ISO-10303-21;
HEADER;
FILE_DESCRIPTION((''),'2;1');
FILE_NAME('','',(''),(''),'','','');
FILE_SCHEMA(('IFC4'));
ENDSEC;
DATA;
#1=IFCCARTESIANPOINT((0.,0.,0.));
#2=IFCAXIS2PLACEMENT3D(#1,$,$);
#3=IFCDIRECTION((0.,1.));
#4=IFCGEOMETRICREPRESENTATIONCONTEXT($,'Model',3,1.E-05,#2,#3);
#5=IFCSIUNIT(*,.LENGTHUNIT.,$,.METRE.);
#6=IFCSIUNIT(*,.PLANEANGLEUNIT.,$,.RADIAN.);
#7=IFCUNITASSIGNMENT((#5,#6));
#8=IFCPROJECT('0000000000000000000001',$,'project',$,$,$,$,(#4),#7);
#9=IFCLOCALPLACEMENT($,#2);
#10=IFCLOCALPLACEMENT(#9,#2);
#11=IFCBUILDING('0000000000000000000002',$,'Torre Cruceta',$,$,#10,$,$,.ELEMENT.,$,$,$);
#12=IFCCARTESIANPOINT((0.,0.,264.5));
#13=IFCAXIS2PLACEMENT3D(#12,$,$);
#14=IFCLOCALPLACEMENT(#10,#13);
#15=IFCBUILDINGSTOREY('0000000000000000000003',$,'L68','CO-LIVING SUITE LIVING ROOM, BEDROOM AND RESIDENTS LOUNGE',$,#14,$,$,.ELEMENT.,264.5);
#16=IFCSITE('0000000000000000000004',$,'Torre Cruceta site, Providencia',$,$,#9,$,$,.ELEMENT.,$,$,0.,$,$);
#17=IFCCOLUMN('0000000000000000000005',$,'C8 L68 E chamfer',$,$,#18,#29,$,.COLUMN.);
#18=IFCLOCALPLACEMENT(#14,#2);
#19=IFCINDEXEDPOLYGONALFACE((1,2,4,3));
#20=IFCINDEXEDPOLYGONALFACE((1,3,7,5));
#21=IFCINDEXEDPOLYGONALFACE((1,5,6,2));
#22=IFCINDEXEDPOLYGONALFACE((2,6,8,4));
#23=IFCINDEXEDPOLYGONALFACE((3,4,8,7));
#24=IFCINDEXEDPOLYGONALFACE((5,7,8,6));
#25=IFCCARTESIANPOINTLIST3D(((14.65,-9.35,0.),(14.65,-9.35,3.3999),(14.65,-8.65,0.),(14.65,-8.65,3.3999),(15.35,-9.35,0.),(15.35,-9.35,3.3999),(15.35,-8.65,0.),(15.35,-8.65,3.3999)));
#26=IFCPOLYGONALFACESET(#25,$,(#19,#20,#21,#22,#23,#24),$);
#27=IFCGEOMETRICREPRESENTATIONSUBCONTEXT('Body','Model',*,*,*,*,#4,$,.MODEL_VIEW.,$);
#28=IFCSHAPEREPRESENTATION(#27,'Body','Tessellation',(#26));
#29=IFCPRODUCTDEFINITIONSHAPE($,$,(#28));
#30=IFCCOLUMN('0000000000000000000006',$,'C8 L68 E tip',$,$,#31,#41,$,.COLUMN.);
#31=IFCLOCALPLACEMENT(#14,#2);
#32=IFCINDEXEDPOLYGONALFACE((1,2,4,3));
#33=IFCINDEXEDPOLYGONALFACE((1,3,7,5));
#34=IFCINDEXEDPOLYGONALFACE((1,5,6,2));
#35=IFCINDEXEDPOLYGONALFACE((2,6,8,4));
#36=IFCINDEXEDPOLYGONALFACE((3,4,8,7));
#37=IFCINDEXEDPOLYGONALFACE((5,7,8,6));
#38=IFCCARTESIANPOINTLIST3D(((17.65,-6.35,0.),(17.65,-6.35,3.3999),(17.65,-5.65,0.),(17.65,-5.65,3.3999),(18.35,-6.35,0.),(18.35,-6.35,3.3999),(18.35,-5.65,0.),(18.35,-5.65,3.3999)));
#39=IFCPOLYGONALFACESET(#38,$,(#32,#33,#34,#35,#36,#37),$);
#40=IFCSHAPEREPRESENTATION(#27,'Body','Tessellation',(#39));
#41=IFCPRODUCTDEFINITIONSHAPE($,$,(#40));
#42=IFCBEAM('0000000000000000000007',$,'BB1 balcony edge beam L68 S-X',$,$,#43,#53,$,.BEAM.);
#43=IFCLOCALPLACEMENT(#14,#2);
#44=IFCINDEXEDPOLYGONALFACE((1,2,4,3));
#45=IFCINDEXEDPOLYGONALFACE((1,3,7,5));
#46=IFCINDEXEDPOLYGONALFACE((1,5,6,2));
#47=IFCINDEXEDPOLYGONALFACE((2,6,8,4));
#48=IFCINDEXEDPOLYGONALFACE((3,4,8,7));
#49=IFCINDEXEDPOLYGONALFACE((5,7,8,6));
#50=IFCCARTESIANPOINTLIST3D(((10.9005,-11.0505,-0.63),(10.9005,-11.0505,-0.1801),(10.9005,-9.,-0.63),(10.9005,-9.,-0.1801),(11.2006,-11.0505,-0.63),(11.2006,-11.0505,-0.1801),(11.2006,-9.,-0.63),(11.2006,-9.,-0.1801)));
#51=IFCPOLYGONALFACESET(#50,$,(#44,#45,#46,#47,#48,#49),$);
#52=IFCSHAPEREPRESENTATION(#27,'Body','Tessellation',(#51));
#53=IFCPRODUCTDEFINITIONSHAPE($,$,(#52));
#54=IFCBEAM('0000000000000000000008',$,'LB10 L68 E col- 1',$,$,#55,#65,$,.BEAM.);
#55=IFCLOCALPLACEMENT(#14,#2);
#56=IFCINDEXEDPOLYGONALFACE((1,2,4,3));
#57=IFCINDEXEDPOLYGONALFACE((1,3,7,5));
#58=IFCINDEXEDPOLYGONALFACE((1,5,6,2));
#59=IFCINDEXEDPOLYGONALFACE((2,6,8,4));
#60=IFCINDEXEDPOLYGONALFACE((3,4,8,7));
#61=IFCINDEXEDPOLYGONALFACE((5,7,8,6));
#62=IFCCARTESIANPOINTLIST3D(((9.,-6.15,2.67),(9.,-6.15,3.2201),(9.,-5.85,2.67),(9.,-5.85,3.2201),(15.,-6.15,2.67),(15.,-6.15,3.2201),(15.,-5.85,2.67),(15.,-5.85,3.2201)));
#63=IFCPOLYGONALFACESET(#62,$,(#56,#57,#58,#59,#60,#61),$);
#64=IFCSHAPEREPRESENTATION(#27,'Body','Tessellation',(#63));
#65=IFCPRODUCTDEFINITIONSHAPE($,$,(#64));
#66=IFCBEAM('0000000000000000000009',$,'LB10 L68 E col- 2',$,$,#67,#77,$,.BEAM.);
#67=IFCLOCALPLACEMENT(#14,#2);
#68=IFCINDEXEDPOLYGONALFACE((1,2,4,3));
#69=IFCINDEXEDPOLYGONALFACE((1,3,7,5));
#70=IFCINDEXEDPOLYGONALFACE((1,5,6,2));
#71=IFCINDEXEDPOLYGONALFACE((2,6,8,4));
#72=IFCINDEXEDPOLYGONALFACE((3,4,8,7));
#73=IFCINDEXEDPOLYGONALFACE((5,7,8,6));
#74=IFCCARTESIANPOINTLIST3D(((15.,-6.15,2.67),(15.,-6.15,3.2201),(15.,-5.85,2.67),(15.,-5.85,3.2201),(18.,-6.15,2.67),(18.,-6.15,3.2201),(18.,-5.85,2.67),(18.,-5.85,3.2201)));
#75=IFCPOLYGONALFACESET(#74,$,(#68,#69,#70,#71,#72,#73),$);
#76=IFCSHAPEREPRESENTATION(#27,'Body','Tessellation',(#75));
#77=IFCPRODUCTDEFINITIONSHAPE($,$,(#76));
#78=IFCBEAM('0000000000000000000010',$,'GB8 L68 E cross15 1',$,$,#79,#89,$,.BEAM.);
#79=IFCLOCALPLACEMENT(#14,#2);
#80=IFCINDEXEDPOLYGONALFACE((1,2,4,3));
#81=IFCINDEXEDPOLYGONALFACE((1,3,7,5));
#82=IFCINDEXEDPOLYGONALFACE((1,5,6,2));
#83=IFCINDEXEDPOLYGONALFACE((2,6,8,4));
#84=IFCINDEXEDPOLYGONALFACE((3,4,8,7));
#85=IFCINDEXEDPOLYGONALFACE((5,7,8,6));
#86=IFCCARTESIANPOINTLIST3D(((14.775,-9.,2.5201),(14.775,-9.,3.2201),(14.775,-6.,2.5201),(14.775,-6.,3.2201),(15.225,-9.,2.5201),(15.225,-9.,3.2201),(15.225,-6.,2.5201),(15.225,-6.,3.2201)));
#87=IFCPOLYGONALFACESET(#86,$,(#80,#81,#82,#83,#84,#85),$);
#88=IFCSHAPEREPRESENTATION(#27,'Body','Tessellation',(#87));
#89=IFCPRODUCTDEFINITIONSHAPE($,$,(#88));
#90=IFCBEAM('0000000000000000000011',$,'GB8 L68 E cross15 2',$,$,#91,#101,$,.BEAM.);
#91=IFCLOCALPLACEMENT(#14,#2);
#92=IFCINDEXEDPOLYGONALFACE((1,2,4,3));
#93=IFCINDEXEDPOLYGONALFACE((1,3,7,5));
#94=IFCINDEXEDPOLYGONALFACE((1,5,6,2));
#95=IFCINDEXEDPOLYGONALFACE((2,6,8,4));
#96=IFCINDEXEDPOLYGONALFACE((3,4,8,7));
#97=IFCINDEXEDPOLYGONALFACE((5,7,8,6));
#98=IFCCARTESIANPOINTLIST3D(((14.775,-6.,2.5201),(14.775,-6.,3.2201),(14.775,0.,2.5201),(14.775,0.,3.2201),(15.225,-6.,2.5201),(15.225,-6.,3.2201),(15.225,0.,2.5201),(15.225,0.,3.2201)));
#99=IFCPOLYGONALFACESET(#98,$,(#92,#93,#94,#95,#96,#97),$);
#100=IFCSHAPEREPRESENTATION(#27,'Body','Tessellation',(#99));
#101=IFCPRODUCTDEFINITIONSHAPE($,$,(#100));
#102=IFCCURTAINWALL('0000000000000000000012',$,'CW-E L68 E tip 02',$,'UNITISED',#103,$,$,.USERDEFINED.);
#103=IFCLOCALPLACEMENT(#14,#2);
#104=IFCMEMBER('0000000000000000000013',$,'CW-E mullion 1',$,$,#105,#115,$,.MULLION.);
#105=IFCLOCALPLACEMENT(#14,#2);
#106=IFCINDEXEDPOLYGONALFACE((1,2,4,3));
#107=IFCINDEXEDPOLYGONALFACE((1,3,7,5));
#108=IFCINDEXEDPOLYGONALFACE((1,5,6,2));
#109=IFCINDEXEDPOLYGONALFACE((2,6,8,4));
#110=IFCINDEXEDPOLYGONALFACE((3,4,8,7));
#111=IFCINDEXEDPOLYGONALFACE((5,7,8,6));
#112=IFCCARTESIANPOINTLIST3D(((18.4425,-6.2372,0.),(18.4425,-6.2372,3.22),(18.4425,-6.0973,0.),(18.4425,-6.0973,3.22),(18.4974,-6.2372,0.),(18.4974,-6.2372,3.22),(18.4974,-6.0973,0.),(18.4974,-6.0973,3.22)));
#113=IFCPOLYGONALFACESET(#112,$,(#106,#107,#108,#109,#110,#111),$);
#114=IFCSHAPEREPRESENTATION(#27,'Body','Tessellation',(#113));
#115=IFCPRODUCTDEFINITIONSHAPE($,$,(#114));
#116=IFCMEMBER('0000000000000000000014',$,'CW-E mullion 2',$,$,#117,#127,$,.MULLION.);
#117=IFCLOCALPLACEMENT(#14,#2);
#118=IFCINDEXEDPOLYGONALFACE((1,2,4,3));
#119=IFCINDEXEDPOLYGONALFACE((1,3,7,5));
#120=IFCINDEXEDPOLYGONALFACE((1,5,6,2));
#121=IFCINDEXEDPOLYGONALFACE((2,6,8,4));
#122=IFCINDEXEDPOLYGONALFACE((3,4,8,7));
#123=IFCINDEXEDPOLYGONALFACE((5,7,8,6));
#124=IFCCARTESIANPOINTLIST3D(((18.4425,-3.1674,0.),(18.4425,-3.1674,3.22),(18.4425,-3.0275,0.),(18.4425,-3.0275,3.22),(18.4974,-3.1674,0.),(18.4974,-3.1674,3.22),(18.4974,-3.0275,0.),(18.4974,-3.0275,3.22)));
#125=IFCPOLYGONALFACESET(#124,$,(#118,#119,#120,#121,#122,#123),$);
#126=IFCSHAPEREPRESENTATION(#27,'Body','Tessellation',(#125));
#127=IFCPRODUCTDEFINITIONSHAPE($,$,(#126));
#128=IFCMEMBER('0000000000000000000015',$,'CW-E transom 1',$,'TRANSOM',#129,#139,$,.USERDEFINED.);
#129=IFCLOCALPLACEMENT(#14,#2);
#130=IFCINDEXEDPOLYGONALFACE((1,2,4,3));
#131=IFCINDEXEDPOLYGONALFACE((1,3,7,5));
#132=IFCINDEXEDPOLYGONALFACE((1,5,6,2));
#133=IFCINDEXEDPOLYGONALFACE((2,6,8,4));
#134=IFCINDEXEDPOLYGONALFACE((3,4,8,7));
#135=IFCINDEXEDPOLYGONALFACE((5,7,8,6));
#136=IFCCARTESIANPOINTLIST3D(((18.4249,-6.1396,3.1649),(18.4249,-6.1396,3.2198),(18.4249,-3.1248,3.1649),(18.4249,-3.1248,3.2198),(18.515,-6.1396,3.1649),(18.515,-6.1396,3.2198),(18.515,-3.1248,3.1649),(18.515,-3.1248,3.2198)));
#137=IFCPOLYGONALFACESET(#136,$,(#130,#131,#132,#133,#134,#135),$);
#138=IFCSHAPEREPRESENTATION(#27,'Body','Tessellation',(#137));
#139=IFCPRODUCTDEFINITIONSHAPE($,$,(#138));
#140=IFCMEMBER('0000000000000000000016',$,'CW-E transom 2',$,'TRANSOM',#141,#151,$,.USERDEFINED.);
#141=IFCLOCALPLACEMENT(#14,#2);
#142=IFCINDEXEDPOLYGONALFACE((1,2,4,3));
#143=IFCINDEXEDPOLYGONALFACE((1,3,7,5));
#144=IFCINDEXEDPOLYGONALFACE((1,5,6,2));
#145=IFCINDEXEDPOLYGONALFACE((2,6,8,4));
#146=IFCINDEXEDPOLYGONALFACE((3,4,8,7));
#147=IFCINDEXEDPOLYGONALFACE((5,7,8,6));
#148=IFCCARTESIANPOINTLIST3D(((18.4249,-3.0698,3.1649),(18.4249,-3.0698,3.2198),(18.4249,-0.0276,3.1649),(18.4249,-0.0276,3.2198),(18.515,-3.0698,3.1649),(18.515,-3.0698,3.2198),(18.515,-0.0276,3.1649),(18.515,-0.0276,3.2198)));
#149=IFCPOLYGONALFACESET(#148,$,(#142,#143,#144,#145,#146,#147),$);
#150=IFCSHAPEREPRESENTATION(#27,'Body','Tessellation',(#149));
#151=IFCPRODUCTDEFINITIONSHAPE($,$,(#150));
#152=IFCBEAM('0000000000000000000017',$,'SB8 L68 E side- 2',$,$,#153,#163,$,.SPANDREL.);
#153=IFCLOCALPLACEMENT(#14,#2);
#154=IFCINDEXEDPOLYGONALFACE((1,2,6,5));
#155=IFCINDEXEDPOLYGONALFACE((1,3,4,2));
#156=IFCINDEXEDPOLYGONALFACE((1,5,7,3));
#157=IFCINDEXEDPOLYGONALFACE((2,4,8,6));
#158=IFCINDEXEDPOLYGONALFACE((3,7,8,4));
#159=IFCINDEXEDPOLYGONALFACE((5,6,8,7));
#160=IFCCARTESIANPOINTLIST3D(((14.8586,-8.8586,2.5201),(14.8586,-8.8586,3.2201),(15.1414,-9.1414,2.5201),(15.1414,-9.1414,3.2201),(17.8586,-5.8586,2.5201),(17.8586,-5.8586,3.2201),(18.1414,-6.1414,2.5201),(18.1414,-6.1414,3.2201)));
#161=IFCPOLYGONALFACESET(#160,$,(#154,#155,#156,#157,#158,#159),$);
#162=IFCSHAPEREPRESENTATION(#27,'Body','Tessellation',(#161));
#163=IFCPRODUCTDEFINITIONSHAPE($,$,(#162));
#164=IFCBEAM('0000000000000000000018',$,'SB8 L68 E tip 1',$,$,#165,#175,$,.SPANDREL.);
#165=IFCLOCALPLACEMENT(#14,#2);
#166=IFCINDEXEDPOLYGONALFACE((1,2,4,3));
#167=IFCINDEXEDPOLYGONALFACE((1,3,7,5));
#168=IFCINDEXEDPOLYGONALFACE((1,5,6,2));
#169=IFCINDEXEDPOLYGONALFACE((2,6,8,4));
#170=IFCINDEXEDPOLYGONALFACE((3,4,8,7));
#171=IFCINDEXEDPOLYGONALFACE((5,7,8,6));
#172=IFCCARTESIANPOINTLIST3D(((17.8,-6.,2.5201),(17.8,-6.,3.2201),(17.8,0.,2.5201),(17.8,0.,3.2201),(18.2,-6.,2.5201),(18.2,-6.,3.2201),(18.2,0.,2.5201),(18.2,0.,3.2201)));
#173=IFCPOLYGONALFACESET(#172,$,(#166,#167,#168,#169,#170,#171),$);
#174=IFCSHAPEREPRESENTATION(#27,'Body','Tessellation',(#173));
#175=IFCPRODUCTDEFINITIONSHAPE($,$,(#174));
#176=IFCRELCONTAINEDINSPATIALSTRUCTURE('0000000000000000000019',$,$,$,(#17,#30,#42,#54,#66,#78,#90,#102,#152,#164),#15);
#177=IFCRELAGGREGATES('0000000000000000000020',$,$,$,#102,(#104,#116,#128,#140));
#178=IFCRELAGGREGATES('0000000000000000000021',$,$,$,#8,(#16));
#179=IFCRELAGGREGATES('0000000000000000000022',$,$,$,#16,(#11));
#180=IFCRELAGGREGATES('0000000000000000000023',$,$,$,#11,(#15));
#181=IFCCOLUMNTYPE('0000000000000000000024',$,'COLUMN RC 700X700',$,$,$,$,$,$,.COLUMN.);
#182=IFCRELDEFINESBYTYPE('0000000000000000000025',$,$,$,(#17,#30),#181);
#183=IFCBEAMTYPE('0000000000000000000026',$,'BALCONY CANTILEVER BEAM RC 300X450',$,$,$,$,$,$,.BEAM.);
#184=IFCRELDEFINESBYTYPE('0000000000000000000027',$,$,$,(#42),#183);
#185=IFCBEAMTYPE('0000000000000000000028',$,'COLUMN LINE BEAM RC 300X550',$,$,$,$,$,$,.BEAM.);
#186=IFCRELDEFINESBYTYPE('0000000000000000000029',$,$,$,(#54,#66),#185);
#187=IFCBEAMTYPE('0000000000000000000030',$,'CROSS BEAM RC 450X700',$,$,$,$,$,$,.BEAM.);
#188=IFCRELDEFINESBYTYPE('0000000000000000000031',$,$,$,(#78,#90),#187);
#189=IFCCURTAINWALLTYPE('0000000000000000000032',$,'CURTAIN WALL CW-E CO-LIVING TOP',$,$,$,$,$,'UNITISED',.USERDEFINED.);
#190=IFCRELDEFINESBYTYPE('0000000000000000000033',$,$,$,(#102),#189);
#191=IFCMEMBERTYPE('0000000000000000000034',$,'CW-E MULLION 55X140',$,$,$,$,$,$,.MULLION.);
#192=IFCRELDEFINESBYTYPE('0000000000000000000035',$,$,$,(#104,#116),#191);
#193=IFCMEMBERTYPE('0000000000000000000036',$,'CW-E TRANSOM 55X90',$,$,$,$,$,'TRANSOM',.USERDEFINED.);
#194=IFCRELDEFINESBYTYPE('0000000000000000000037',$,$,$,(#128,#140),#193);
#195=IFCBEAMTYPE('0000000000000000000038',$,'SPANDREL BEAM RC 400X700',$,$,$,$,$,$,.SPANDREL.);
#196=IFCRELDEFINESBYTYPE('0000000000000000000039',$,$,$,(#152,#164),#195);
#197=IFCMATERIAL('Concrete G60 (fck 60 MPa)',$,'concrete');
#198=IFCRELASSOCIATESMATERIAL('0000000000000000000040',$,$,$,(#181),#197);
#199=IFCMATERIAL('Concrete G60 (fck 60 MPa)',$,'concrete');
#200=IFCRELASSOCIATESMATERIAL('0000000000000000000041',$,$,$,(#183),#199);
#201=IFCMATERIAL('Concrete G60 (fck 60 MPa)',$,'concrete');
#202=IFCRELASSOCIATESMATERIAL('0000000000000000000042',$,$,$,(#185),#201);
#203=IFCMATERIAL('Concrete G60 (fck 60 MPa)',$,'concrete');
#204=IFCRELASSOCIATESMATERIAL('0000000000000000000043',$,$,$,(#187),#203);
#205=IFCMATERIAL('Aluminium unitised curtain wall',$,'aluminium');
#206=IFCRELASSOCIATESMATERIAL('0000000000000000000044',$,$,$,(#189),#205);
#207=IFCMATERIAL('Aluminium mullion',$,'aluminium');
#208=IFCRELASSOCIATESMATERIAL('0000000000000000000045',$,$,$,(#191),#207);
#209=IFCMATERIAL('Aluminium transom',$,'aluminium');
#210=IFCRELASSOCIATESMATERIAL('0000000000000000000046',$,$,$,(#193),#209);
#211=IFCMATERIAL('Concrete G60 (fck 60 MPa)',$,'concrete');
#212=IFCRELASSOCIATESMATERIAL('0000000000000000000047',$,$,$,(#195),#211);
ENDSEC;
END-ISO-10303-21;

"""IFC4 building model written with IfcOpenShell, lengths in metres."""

from ifc_helpers import new_model, si_unit, direction, frame, origin, origin_2d, place, context, subcontext, project, spatial, rectangle, extrude, material, material_profile, profile_set, type_object, element, aggregate, save


model = new_model("IFC4")

# Units and contexts
model_context = context("Model", 3, precision=1e-05, world=origin(), true_north=direction((0.0, 1.0)))
body_context = subcontext(model_context, "Body", "Model", "MODEL_VIEW")
ifc_project = project(units=[si_unit("LENGTHUNIT", "METRE"), si_unit("PLANEANGLEUNIT", "RADIAN")], contexts=[model_context])

# Site, building, storey
site_placement = place(None, origin())
site = spatial("IfcSite", under=ifc_project, at=site_placement, Name="Torre Cruceta site, Providencia", CompositionType="ELEMENT", RefElevation=0.0)
building_placement = place(site_placement, origin())
building = spatial("IfcBuilding", under=site, at=building_placement, Name="Torre Cruceta", CompositionType="ELEMENT")
storey_placement = place(building_placement, frame((0.0, 0.0, 264.5)))
storey = spatial("IfcBuildingStorey", under=building, at=storey_placement, Name="L68", Description="CO-LIVING SUITE LIVING ROOM, BEDROOM AND RESIDENTS LOUNGE", CompositionType="ELEMENT", Elevation=264.5)

# Columns
ifc_material_1 = material(Name="Concrete G60 (fck 60 MPa)", Category="concrete")
ifc_material_profile_1 = material_profile(ifc_material_1, rectangle(XDim=0.7, YDim=0.7, at=origin_2d()), Name="RC 700X700")
ifc_profile_set_1 = profile_set([ifc_material_profile_1], Name="Concrete G60 (fck 60 MPa)")
column_type = type_object("IfcColumnType", Name="COLUMN RC 700X700", PredefinedType="COLUMN", material=ifc_profile_set_1)
for number, where, z_axis, x_axis, name in (
    (1, (15.0, -9.0, 0.0), (0.0, 0.0, 1.0), (1.0, 0.0, 0.0), "C8 L68 E chamfer"),
    (2, (18.0, -6.0, 0.0), (0.0, 0.0, 1.0), (1.0, 0.0, 0.0), "C8 L68 E tip"),
):
    element("IfcColumn", number, at=place(storey_placement, frame(where, z_axis=z_axis, x_axis=x_axis)), inside=storey, type_object=column_type, Name=name, PredefinedType="COLUMN", context=body_context, shape_type="SweptSolid", body=[
        extrude(rectangle(XDim=0.7, YDim=0.7, at=origin_2d()), origin(), (0.0, 0.0, 1.0), 3.3999),
    ])

# Beams
ifc_material_2 = material(Name="Concrete G60 (fck 60 MPa)", Category="concrete")
ifc_material_profile_2 = material_profile(ifc_material_2, rectangle(XDim=0.3, YDim=0.45, at=origin_2d()), Name="RC 300X450")
ifc_profile_set_2 = profile_set([ifc_material_profile_2], Name="Concrete G60 (fck 60 MPa)")
beam_type_1 = type_object("IfcBeamType", Name="BALCONY CANTILEVER BEAM RC 300X450", PredefinedType="BEAM", material=ifc_profile_set_2)
beam_1_placement = place(storey_placement, frame((11.0505, -9.0, -0.405), z_axis=(0.0, -1.0, 0.0), x_axis=(1.0, 0.0, 0.0)))
element("IfcBeam", 3, at=beam_1_placement, inside=storey, type_object=beam_type_1, Name="BB1 balcony edge beam L68 S-X", PredefinedType="BEAM", context=body_context, shape_type="SweptSolid", body=[
    extrude(rectangle(XDim=0.3, YDim=0.45, at=origin_2d()), origin(), (0.0, 0.0, 1.0), 2.0505),
])
ifc_material_3 = material(Name="Concrete G60 (fck 60 MPa)", Category="concrete")
ifc_material_profile_3 = material_profile(ifc_material_3, rectangle(XDim=0.3, YDim=0.55, at=origin_2d()), Name="RC 300X550")
ifc_profile_set_3 = profile_set([ifc_material_profile_3], Name="Concrete G60 (fck 60 MPa)")
beam_type_2 = type_object("IfcBeamType", Name="COLUMN LINE BEAM RC 300X550", PredefinedType="BEAM", material=ifc_profile_set_3)
beam_2_placement = place(storey_placement, frame((9.0, -6.0, 2.9451), z_axis=(1.0, 0.0, 0.0), x_axis=(0.0, 1.0, 0.0)))
element("IfcBeam", 4, at=beam_2_placement, inside=storey, type_object=beam_type_2, Name="LB10 L68 E col- 1", PredefinedType="BEAM", context=body_context, shape_type="SweptSolid", body=[
    extrude(rectangle(XDim=0.3, YDim=0.55, at=origin_2d()), origin(), (0.0, 0.0, 1.0), 6.0),
])
beam_3_placement = place(storey_placement, frame((15.0, -6.0, 2.9451), z_axis=(1.0, 0.0, 0.0), x_axis=(0.0, 1.0, 0.0)))
element("IfcBeam", 5, at=beam_3_placement, inside=storey, type_object=beam_type_2, Name="LB10 L68 E col- 2", PredefinedType="BEAM", context=body_context, shape_type="SweptSolid", body=[
    extrude(rectangle(XDim=0.3, YDim=0.55, at=origin_2d()), origin(), (0.0, 0.0, 1.0), 3.0),
])
ifc_material_4 = material(Name="Concrete G60 (fck 60 MPa)", Category="concrete")
ifc_material_profile_4 = material_profile(ifc_material_4, rectangle(XDim=0.45, YDim=0.7, at=origin_2d()), Name="RC 450X700")
ifc_profile_set_4 = profile_set([ifc_material_profile_4], Name="Concrete G60 (fck 60 MPa)")
beam_type_3 = type_object("IfcBeamType", Name="CROSS BEAM RC 450X700", PredefinedType="BEAM", material=ifc_profile_set_4)
beam_4_placement = place(storey_placement, frame((15.0, -9.0, 2.8701), z_axis=(0.0, 1.0, 0.0), x_axis=(-1.0, 0.0, 0.0)))
element("IfcBeam", 6, at=beam_4_placement, inside=storey, type_object=beam_type_3, Name="GB8 L68 E cross15 1", PredefinedType="BEAM", context=body_context, shape_type="SweptSolid", body=[
    extrude(rectangle(XDim=0.45, YDim=0.7, at=origin_2d()), origin(), (0.0, 0.0, 1.0), 3.0),
])
beam_5_placement = place(storey_placement, frame((15.0, -6.0, 2.8701), z_axis=(0.0, 1.0, 0.0), x_axis=(-1.0, 0.0, 0.0)))
element("IfcBeam", 7, at=beam_5_placement, inside=storey, type_object=beam_type_3, Name="GB8 L68 E cross15 2", PredefinedType="BEAM", context=body_context, shape_type="SweptSolid", body=[
    extrude(rectangle(XDim=0.45, YDim=0.7, at=origin_2d()), origin(), (0.0, 0.0, 1.0), 6.0),
])

# Curtain wall, members
ifc_material_5 = material(Name="Aluminium unitised curtain wall", Category="aluminium")
curtain_wall_type = type_object("IfcCurtainWallType", Name="CURTAIN WALL CW-E CO-LIVING TOP", ElementType="UNITISED", PredefinedType="USERDEFINED", material=ifc_material_5)
curtain_wall_placement = place(storey_placement, origin())
curtain_wall = element("IfcCurtainWall", 8, at=curtain_wall_placement, inside=storey, type_object=curtain_wall_type, Name="CW-E L68 E tip 02", ObjectType="UNITISED", PredefinedType="USERDEFINED")
ifc_material_6 = material(Name="Aluminium mullion", Category="aluminium")
ifc_material_profile_5 = material_profile(ifc_material_6, rectangle(XDim=0.0549, YDim=0.1399, at=origin_2d()), Name="AL 55X140")
ifc_profile_set_5 = profile_set([ifc_material_profile_5], Name="Aluminium mullion")
member_type_1 = type_object("IfcMemberType", Name="CW-E MULLION 55X140", PredefinedType="MULLION", material=ifc_profile_set_5)
member_1_placement = place(storey_placement, frame((18.47, -6.1672, 0.0), z_axis=(0.0, 0.0, 1.0), x_axis=(-1.0, 0.0, 0.0)))
member_1 = element("IfcMember", 9, at=member_1_placement, type_object=member_type_1, Name="CW-E mullion 1", PredefinedType="MULLION", context=body_context, shape_type="SweptSolid", body=[
    extrude(rectangle(XDim=0.0549, YDim=0.1399, at=origin_2d()), origin(), (0.0, 0.0, 1.0), 3.22),
])
member_2_placement = place(storey_placement, frame((18.47, -3.0974, 0.0), z_axis=(0.0, 0.0, 1.0), x_axis=(-1.0, 0.0, 0.0)))
member_2 = element("IfcMember", 10, at=member_2_placement, type_object=member_type_1, Name="CW-E mullion 2", PredefinedType="MULLION", context=body_context, shape_type="SweptSolid", body=[
    extrude(rectangle(XDim=0.0549, YDim=0.1399, at=origin_2d()), origin(), (0.0, 0.0, 1.0), 3.22),
])
ifc_material_7 = material(Name="Aluminium transom", Category="aluminium")
ifc_material_profile_6 = material_profile(ifc_material_7, rectangle(XDim=0.0901, YDim=0.0549, at=origin_2d()), Name="AL 90X55")
ifc_profile_set_6 = profile_set([ifc_material_profile_6], Name="Aluminium transom")
member_type_2 = type_object("IfcMemberType", Name="CW-E TRANSOM 55X90", ElementType="TRANSOM", PredefinedType="USERDEFINED", material=ifc_profile_set_6)
member_3_placement = place(storey_placement, frame((18.47, -6.1396, 3.1924), z_axis=(0.0, 1.0, 0.0), x_axis=(-1.0, 0.0, 0.0)))
member_3 = element("IfcMember", 11, at=member_3_placement, type_object=member_type_2, Name="CW-E transom 1", ObjectType="TRANSOM", PredefinedType="USERDEFINED", context=body_context, shape_type="SweptSolid", body=[
    extrude(rectangle(XDim=0.0901, YDim=0.0549, at=origin_2d()), origin(), (0.0, 0.0, 1.0), 3.0149),
])
member_4_placement = place(storey_placement, frame((18.47, -3.0698, 3.1924), z_axis=(0.0, 1.0, 0.0), x_axis=(-1.0, 0.0, 0.0)))
member_4 = element("IfcMember", 12, at=member_4_placement, type_object=member_type_2, Name="CW-E transom 2", ObjectType="TRANSOM", PredefinedType="USERDEFINED", context=body_context, shape_type="SweptSolid", body=[
    extrude(rectangle(XDim=0.0901, YDim=0.0549, at=origin_2d()), origin(), (0.0, 0.0, 1.0), 3.0422),
])

# Beams
ifc_material_8 = material(Name="Concrete G60 (fck 60 MPa)", Category="concrete")
ifc_material_profile_7 = material_profile(ifc_material_8, rectangle(XDim=0.3999, YDim=0.7, at=origin_2d()), Name="RC 400X700")
ifc_profile_set_7 = profile_set([ifc_material_profile_7], Name="Concrete G60 (fck 60 MPa)")
beam_type_4 = type_object("IfcBeamType", Name="SPANDREL BEAM RC 400X700", PredefinedType="SPANDREL", material=ifc_profile_set_7)
beam_6_placement = place(storey_placement, frame((15.0, -9.0, 2.8701), z_axis=(0.707107, 0.707107, 0.0), x_axis=(-0.707107, 0.707107, 0.0)))
element("IfcBeam", 13, at=beam_6_placement, inside=storey, type_object=beam_type_4, Name="SB8 L68 E side- 2", PredefinedType="SPANDREL", context=body_context, shape_type="SweptSolid", body=[
    extrude(rectangle(XDim=0.3999, YDim=0.7, at=origin_2d()), origin(), (0.0, 0.0, 1.0), 4.2427),
])
beam_7_placement = place(storey_placement, frame((18.0, -6.0, 2.8701), z_axis=(0.0, 1.0, 0.0), x_axis=(-1.0, 0.0, 0.0)))
element("IfcBeam", 14, at=beam_7_placement, inside=storey, type_object=beam_type_4, Name="SB8 L68 E tip 1", PredefinedType="SPANDREL", context=body_context, shape_type="SweptSolid", body=[
    extrude(rectangle(XDim=0.3999, YDim=0.7, at=origin_2d()), origin(), (0.0, 0.0, 1.0), 6.0),
])

aggregate(curtain_wall, [member_1, member_2, member_3, member_4])

save(model, "model.ifc")
